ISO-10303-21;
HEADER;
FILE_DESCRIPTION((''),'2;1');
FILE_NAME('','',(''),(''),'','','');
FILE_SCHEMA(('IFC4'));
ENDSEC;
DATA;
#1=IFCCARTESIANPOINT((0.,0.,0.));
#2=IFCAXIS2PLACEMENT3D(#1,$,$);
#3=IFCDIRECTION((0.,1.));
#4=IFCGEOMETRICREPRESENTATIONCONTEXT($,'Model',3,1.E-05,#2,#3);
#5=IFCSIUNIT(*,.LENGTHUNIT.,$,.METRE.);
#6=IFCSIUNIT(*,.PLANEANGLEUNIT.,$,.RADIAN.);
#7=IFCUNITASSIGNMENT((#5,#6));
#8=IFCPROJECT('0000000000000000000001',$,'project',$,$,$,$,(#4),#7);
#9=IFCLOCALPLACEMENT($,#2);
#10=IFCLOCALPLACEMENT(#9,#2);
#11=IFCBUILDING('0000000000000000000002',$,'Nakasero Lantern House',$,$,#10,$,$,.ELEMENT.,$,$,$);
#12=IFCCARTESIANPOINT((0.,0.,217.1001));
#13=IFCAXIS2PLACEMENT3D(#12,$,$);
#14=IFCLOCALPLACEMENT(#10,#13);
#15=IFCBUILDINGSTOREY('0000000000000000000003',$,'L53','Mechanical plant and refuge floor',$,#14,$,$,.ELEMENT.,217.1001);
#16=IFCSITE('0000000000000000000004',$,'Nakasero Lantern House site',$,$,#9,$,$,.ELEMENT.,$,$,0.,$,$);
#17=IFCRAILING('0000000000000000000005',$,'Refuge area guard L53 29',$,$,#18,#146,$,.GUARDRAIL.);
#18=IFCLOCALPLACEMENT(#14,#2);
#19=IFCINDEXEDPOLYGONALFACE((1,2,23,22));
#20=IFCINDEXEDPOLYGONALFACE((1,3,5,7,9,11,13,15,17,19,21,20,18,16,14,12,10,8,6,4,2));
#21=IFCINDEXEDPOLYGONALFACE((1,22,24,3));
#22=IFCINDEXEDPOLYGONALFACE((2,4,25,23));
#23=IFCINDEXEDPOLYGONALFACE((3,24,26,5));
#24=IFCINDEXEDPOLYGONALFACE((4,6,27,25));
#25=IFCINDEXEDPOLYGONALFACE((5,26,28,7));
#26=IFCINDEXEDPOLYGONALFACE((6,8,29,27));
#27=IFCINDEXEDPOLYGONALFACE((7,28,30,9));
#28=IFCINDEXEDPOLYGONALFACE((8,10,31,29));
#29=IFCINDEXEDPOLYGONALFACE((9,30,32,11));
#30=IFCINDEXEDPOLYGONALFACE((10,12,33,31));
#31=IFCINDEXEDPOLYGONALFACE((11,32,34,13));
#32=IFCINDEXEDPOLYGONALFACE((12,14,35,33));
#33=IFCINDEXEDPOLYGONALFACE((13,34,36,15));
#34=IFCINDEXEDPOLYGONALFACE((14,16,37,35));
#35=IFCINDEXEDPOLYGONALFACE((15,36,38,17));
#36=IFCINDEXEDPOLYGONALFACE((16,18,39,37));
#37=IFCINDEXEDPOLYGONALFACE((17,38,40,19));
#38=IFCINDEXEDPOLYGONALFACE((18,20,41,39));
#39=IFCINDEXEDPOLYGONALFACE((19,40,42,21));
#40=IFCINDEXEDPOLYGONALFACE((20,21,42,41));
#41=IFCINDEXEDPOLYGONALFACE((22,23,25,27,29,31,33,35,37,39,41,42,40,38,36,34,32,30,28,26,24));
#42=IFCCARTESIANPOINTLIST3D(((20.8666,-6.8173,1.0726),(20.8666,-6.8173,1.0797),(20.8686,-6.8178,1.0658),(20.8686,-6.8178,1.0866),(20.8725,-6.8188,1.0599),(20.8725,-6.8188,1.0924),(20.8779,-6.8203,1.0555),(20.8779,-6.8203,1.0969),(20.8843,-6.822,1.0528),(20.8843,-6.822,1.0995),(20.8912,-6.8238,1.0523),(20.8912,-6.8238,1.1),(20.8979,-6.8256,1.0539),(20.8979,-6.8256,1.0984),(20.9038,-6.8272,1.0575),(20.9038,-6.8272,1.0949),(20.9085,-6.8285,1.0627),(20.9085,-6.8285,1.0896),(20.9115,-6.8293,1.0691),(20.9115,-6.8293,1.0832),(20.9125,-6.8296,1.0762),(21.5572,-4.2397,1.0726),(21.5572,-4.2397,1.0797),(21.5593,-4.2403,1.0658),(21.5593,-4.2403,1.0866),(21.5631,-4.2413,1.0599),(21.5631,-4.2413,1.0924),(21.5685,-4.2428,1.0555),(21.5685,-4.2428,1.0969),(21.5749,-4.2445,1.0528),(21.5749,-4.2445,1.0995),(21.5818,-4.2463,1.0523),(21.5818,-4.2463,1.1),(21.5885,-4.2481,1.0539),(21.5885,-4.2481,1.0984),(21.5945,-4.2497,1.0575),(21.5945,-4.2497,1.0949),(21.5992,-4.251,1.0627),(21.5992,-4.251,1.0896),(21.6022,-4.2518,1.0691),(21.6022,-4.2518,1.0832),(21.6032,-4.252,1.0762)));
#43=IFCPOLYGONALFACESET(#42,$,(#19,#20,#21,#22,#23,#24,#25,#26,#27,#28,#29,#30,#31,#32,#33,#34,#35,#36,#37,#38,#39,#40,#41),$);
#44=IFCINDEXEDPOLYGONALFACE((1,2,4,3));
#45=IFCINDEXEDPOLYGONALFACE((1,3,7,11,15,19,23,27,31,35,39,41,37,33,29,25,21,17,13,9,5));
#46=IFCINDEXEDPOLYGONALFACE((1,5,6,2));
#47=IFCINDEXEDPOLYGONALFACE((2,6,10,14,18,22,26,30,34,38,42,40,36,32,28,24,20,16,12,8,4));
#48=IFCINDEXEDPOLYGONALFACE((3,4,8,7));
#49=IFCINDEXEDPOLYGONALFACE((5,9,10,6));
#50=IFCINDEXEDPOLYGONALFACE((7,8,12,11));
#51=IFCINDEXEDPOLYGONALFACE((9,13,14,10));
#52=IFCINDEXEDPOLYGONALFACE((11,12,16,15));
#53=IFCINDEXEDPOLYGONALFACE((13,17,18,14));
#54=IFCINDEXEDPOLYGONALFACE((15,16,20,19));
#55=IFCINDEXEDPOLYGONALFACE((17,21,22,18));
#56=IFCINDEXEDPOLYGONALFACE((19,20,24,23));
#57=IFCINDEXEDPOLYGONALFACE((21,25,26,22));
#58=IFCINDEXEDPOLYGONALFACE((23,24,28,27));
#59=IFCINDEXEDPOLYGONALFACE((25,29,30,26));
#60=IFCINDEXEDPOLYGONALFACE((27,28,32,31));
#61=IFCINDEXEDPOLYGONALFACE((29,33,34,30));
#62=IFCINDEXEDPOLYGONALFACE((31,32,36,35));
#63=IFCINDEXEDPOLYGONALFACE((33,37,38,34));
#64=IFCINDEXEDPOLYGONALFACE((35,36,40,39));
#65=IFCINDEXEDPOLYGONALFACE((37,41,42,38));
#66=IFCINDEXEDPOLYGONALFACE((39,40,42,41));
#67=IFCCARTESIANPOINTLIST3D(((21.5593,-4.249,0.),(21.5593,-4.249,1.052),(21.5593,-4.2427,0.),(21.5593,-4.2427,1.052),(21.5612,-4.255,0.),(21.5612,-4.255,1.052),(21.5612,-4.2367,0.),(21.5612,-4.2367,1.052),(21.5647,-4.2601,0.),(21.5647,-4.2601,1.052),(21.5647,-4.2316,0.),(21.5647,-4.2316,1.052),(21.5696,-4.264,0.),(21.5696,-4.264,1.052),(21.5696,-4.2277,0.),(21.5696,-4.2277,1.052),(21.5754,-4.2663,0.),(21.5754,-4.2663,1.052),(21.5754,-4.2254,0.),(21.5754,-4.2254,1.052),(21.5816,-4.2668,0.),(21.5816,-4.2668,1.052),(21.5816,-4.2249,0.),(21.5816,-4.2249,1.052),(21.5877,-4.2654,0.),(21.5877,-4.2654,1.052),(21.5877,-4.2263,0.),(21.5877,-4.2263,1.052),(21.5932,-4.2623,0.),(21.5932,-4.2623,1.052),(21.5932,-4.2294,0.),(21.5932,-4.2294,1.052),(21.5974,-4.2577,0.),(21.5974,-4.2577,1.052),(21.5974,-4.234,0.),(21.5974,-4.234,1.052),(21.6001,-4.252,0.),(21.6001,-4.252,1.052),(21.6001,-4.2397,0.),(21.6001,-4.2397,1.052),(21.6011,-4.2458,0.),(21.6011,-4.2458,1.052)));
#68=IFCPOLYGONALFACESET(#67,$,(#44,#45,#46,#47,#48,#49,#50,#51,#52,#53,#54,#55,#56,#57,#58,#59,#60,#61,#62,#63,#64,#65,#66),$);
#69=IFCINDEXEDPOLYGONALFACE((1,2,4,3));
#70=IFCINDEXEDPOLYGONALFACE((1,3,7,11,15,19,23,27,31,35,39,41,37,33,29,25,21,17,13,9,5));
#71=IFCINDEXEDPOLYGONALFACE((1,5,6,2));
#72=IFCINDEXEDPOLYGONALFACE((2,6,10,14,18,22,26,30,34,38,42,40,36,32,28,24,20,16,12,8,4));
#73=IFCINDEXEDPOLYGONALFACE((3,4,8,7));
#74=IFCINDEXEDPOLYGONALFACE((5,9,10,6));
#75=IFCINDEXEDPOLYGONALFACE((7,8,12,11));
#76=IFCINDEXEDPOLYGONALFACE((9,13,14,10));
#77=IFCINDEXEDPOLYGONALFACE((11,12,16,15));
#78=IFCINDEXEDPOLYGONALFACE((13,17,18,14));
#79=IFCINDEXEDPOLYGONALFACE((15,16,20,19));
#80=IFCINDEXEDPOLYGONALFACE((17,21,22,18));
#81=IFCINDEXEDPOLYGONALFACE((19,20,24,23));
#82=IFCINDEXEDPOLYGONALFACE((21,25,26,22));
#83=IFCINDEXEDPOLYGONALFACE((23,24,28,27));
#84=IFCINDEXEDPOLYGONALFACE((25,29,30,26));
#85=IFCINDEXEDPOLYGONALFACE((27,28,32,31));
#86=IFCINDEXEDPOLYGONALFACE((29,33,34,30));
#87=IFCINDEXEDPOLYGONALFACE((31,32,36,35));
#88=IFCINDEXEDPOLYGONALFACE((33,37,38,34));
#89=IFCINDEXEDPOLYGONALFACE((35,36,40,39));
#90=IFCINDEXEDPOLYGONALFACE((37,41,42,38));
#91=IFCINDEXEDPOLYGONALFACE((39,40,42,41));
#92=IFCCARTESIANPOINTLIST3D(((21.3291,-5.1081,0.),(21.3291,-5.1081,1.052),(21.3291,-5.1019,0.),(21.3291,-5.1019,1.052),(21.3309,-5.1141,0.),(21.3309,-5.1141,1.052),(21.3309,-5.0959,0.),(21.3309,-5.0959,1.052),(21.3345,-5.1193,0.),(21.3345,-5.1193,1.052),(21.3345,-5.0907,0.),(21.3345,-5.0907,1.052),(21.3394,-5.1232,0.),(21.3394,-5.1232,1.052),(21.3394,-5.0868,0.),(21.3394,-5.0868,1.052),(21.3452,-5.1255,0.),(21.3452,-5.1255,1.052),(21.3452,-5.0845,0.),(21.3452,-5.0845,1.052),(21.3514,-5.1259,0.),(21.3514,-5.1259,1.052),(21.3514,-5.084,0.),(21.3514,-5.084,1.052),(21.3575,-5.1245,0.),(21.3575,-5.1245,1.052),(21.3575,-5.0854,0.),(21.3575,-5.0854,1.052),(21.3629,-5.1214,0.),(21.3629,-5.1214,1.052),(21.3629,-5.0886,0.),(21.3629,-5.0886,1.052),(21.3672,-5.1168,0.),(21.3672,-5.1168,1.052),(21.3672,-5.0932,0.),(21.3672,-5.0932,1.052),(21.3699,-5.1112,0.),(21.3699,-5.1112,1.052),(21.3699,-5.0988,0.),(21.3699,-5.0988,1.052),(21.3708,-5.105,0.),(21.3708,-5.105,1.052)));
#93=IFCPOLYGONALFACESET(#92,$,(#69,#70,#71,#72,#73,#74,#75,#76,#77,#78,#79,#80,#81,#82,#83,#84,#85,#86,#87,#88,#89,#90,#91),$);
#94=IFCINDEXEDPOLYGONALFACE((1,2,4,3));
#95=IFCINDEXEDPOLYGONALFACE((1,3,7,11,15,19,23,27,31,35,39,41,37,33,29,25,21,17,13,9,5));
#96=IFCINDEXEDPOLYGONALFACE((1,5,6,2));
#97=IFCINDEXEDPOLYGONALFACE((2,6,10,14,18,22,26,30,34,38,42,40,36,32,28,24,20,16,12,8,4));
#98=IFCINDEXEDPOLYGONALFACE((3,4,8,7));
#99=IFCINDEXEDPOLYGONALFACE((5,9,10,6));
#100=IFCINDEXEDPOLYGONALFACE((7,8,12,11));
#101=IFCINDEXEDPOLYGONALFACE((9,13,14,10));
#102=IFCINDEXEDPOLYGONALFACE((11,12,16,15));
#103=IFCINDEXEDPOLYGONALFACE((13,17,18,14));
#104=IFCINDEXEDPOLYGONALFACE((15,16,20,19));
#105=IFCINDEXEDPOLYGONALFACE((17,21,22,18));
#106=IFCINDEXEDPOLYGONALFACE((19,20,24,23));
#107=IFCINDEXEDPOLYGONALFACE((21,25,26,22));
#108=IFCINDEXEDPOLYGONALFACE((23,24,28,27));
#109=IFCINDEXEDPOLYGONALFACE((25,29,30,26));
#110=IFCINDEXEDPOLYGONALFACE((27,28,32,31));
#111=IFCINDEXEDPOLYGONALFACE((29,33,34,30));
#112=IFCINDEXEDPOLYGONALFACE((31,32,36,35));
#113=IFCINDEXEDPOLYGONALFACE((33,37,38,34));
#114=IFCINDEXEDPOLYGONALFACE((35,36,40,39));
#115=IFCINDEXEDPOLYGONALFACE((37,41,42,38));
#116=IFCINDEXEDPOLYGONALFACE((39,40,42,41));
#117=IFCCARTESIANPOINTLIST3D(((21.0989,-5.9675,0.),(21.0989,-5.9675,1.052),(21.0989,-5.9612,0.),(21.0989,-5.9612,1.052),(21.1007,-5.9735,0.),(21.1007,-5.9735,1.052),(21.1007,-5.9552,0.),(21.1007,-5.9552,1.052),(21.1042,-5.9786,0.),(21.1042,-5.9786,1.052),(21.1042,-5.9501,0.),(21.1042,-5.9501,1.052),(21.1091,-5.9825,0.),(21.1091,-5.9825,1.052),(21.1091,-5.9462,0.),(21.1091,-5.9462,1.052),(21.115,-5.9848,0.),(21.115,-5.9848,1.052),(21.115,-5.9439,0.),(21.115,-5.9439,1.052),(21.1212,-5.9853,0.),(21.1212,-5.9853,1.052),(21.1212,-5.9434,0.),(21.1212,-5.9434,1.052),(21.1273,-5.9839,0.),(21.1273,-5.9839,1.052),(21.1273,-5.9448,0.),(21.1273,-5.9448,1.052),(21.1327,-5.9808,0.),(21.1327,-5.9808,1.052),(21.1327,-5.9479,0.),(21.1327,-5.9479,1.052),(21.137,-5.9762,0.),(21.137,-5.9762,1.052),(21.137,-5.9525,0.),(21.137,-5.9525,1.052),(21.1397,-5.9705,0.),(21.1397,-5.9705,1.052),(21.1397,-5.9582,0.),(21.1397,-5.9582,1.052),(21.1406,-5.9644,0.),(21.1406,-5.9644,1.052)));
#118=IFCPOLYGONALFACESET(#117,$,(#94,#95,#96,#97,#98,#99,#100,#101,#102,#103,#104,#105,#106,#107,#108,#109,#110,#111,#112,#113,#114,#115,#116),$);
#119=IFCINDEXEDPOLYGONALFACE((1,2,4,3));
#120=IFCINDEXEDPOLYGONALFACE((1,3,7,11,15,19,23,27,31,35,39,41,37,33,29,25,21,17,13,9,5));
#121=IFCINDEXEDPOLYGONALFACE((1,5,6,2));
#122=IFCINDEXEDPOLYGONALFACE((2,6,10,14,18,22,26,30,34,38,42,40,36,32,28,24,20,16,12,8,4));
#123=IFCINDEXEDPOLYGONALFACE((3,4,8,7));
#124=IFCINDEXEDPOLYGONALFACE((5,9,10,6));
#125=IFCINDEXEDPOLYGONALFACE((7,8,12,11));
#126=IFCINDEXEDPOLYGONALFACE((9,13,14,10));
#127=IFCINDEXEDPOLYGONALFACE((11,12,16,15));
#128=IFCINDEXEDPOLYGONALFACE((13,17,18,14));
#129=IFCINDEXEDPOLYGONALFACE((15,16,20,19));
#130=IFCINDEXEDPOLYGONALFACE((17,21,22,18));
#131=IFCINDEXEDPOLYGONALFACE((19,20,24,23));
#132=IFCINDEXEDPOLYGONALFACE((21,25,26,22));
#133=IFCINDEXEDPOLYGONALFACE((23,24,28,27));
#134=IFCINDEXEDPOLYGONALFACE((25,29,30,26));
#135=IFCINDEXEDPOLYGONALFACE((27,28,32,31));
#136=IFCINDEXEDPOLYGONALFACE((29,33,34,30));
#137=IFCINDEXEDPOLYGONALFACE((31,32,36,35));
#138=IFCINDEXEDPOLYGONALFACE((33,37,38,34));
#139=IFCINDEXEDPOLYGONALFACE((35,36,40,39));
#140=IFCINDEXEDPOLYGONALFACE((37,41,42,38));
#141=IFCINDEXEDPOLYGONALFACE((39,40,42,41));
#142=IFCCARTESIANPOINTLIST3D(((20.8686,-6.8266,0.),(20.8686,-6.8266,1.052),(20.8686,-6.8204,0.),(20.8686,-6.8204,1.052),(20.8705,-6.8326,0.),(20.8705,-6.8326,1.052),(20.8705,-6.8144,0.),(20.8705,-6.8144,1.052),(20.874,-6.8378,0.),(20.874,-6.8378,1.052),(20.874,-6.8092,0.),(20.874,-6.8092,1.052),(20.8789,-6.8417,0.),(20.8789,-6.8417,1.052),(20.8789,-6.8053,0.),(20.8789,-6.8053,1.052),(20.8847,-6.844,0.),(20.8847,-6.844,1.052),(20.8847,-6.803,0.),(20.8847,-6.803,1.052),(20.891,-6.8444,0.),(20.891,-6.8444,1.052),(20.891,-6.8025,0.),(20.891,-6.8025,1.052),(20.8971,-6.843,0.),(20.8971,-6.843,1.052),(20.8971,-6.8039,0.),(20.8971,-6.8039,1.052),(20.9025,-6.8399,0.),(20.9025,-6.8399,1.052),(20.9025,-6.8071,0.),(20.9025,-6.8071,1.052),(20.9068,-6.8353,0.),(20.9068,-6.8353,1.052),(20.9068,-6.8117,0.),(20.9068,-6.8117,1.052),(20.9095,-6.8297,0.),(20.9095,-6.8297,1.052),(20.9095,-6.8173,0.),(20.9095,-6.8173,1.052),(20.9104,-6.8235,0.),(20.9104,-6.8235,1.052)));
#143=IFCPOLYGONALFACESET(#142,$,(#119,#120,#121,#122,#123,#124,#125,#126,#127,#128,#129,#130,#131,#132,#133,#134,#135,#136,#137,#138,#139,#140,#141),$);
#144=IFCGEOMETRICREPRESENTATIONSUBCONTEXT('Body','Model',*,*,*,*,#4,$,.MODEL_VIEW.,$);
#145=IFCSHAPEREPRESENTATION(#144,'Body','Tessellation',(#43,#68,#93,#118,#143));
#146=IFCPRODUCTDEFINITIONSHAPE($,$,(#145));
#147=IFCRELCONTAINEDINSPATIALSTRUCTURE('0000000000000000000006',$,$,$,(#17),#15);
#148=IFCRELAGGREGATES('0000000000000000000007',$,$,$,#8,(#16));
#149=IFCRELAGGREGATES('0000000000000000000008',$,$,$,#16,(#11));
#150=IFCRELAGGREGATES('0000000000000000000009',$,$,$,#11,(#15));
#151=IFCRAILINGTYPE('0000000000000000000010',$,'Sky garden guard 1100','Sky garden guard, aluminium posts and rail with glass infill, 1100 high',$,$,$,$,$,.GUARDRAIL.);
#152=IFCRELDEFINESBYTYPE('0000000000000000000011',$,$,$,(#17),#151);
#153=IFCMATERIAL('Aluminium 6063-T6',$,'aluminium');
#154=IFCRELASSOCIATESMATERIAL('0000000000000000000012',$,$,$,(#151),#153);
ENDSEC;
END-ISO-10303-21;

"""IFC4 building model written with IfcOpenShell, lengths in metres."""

from ifc_helpers import new_model, si_unit, direction, frame, origin, origin_2d, place, context, subcontext, project, spatial, circle, extrude, material, type_object, element, save


model = new_model("IFC4")

# Units and contexts
model_context = context("Model", 3, precision=1e-05, world=origin(), true_north=direction((0.0, 1.0)))
body_context = subcontext(model_context, "Body", "Model", "MODEL_VIEW")
ifc_project = project(units=[si_unit("LENGTHUNIT", "METRE"), si_unit("PLANEANGLEUNIT", "RADIAN")], contexts=[model_context])

# Site, building, storey
site_placement = place(None, origin())
site = spatial("IfcSite", under=ifc_project, at=site_placement, Name="Nakasero Lantern House site", CompositionType="ELEMENT", RefElevation=0.0)
building_placement = place(site_placement, origin())
building = spatial("IfcBuilding", under=site, at=building_placement, Name="Nakasero Lantern House", CompositionType="ELEMENT")
storey_placement = place(building_placement, frame((0.0, 0.0, 217.1001)))
storey = spatial("IfcBuildingStorey", under=building, at=storey_placement, Name="L53", Description="Mechanical plant and refuge floor", CompositionType="ELEMENT", Elevation=217.1001)

# Railing
ifc_material_1 = material(Name="Aluminium 6063-T6", Category="aluminium")
railing_type = type_object("IfcRailingType", Name="Sky garden guard 1100", Description="Sky garden guard, aluminium posts and rail with glass infill, 1100 high", PredefinedType="GUARDRAIL", material=ifc_material_1)
railing_1_placement = place(storey_placement, frame((21.5801, -4.2458, 0.0)))
element("IfcRailing", 1, at=railing_1_placement, inside=storey, type_object=railing_type, Name="Refuge area guard L53 29", PredefinedType="GUARDRAIL", context=body_context, shape_type="SweptSolid", body=[
    extrude(circle(Radius=0.0239, at=origin_2d()), frame((0.0, 0.0, 1.0762), z_axis=(-0.258818, -0.965926, 0.0), x_axis=(0.965926, -0.258818, 0.0)), (0.0, 0.0, 1.0), 2.6685),
    extrude(circle(Radius=0.021, at=origin_2d()), origin(), (0.0, 0.0, 1.0), 1.052),
    extrude(circle(Radius=0.021, at=origin_2d()), frame((-0.2302, -0.8591, 0.0)), (0.0, 0.0, 1.0), 1.052),
    extrude(circle(Radius=0.021, at=origin_2d()), frame((-0.4604, -1.7185, 0.0)), (0.0, 0.0, 1.0), 1.052),
    extrude(circle(Radius=0.021, at=origin_2d()), frame((-0.6907, -2.5776, 0.0)), (0.0, 0.0, 1.0), 1.052),
])

save(model, "model.ifc")
